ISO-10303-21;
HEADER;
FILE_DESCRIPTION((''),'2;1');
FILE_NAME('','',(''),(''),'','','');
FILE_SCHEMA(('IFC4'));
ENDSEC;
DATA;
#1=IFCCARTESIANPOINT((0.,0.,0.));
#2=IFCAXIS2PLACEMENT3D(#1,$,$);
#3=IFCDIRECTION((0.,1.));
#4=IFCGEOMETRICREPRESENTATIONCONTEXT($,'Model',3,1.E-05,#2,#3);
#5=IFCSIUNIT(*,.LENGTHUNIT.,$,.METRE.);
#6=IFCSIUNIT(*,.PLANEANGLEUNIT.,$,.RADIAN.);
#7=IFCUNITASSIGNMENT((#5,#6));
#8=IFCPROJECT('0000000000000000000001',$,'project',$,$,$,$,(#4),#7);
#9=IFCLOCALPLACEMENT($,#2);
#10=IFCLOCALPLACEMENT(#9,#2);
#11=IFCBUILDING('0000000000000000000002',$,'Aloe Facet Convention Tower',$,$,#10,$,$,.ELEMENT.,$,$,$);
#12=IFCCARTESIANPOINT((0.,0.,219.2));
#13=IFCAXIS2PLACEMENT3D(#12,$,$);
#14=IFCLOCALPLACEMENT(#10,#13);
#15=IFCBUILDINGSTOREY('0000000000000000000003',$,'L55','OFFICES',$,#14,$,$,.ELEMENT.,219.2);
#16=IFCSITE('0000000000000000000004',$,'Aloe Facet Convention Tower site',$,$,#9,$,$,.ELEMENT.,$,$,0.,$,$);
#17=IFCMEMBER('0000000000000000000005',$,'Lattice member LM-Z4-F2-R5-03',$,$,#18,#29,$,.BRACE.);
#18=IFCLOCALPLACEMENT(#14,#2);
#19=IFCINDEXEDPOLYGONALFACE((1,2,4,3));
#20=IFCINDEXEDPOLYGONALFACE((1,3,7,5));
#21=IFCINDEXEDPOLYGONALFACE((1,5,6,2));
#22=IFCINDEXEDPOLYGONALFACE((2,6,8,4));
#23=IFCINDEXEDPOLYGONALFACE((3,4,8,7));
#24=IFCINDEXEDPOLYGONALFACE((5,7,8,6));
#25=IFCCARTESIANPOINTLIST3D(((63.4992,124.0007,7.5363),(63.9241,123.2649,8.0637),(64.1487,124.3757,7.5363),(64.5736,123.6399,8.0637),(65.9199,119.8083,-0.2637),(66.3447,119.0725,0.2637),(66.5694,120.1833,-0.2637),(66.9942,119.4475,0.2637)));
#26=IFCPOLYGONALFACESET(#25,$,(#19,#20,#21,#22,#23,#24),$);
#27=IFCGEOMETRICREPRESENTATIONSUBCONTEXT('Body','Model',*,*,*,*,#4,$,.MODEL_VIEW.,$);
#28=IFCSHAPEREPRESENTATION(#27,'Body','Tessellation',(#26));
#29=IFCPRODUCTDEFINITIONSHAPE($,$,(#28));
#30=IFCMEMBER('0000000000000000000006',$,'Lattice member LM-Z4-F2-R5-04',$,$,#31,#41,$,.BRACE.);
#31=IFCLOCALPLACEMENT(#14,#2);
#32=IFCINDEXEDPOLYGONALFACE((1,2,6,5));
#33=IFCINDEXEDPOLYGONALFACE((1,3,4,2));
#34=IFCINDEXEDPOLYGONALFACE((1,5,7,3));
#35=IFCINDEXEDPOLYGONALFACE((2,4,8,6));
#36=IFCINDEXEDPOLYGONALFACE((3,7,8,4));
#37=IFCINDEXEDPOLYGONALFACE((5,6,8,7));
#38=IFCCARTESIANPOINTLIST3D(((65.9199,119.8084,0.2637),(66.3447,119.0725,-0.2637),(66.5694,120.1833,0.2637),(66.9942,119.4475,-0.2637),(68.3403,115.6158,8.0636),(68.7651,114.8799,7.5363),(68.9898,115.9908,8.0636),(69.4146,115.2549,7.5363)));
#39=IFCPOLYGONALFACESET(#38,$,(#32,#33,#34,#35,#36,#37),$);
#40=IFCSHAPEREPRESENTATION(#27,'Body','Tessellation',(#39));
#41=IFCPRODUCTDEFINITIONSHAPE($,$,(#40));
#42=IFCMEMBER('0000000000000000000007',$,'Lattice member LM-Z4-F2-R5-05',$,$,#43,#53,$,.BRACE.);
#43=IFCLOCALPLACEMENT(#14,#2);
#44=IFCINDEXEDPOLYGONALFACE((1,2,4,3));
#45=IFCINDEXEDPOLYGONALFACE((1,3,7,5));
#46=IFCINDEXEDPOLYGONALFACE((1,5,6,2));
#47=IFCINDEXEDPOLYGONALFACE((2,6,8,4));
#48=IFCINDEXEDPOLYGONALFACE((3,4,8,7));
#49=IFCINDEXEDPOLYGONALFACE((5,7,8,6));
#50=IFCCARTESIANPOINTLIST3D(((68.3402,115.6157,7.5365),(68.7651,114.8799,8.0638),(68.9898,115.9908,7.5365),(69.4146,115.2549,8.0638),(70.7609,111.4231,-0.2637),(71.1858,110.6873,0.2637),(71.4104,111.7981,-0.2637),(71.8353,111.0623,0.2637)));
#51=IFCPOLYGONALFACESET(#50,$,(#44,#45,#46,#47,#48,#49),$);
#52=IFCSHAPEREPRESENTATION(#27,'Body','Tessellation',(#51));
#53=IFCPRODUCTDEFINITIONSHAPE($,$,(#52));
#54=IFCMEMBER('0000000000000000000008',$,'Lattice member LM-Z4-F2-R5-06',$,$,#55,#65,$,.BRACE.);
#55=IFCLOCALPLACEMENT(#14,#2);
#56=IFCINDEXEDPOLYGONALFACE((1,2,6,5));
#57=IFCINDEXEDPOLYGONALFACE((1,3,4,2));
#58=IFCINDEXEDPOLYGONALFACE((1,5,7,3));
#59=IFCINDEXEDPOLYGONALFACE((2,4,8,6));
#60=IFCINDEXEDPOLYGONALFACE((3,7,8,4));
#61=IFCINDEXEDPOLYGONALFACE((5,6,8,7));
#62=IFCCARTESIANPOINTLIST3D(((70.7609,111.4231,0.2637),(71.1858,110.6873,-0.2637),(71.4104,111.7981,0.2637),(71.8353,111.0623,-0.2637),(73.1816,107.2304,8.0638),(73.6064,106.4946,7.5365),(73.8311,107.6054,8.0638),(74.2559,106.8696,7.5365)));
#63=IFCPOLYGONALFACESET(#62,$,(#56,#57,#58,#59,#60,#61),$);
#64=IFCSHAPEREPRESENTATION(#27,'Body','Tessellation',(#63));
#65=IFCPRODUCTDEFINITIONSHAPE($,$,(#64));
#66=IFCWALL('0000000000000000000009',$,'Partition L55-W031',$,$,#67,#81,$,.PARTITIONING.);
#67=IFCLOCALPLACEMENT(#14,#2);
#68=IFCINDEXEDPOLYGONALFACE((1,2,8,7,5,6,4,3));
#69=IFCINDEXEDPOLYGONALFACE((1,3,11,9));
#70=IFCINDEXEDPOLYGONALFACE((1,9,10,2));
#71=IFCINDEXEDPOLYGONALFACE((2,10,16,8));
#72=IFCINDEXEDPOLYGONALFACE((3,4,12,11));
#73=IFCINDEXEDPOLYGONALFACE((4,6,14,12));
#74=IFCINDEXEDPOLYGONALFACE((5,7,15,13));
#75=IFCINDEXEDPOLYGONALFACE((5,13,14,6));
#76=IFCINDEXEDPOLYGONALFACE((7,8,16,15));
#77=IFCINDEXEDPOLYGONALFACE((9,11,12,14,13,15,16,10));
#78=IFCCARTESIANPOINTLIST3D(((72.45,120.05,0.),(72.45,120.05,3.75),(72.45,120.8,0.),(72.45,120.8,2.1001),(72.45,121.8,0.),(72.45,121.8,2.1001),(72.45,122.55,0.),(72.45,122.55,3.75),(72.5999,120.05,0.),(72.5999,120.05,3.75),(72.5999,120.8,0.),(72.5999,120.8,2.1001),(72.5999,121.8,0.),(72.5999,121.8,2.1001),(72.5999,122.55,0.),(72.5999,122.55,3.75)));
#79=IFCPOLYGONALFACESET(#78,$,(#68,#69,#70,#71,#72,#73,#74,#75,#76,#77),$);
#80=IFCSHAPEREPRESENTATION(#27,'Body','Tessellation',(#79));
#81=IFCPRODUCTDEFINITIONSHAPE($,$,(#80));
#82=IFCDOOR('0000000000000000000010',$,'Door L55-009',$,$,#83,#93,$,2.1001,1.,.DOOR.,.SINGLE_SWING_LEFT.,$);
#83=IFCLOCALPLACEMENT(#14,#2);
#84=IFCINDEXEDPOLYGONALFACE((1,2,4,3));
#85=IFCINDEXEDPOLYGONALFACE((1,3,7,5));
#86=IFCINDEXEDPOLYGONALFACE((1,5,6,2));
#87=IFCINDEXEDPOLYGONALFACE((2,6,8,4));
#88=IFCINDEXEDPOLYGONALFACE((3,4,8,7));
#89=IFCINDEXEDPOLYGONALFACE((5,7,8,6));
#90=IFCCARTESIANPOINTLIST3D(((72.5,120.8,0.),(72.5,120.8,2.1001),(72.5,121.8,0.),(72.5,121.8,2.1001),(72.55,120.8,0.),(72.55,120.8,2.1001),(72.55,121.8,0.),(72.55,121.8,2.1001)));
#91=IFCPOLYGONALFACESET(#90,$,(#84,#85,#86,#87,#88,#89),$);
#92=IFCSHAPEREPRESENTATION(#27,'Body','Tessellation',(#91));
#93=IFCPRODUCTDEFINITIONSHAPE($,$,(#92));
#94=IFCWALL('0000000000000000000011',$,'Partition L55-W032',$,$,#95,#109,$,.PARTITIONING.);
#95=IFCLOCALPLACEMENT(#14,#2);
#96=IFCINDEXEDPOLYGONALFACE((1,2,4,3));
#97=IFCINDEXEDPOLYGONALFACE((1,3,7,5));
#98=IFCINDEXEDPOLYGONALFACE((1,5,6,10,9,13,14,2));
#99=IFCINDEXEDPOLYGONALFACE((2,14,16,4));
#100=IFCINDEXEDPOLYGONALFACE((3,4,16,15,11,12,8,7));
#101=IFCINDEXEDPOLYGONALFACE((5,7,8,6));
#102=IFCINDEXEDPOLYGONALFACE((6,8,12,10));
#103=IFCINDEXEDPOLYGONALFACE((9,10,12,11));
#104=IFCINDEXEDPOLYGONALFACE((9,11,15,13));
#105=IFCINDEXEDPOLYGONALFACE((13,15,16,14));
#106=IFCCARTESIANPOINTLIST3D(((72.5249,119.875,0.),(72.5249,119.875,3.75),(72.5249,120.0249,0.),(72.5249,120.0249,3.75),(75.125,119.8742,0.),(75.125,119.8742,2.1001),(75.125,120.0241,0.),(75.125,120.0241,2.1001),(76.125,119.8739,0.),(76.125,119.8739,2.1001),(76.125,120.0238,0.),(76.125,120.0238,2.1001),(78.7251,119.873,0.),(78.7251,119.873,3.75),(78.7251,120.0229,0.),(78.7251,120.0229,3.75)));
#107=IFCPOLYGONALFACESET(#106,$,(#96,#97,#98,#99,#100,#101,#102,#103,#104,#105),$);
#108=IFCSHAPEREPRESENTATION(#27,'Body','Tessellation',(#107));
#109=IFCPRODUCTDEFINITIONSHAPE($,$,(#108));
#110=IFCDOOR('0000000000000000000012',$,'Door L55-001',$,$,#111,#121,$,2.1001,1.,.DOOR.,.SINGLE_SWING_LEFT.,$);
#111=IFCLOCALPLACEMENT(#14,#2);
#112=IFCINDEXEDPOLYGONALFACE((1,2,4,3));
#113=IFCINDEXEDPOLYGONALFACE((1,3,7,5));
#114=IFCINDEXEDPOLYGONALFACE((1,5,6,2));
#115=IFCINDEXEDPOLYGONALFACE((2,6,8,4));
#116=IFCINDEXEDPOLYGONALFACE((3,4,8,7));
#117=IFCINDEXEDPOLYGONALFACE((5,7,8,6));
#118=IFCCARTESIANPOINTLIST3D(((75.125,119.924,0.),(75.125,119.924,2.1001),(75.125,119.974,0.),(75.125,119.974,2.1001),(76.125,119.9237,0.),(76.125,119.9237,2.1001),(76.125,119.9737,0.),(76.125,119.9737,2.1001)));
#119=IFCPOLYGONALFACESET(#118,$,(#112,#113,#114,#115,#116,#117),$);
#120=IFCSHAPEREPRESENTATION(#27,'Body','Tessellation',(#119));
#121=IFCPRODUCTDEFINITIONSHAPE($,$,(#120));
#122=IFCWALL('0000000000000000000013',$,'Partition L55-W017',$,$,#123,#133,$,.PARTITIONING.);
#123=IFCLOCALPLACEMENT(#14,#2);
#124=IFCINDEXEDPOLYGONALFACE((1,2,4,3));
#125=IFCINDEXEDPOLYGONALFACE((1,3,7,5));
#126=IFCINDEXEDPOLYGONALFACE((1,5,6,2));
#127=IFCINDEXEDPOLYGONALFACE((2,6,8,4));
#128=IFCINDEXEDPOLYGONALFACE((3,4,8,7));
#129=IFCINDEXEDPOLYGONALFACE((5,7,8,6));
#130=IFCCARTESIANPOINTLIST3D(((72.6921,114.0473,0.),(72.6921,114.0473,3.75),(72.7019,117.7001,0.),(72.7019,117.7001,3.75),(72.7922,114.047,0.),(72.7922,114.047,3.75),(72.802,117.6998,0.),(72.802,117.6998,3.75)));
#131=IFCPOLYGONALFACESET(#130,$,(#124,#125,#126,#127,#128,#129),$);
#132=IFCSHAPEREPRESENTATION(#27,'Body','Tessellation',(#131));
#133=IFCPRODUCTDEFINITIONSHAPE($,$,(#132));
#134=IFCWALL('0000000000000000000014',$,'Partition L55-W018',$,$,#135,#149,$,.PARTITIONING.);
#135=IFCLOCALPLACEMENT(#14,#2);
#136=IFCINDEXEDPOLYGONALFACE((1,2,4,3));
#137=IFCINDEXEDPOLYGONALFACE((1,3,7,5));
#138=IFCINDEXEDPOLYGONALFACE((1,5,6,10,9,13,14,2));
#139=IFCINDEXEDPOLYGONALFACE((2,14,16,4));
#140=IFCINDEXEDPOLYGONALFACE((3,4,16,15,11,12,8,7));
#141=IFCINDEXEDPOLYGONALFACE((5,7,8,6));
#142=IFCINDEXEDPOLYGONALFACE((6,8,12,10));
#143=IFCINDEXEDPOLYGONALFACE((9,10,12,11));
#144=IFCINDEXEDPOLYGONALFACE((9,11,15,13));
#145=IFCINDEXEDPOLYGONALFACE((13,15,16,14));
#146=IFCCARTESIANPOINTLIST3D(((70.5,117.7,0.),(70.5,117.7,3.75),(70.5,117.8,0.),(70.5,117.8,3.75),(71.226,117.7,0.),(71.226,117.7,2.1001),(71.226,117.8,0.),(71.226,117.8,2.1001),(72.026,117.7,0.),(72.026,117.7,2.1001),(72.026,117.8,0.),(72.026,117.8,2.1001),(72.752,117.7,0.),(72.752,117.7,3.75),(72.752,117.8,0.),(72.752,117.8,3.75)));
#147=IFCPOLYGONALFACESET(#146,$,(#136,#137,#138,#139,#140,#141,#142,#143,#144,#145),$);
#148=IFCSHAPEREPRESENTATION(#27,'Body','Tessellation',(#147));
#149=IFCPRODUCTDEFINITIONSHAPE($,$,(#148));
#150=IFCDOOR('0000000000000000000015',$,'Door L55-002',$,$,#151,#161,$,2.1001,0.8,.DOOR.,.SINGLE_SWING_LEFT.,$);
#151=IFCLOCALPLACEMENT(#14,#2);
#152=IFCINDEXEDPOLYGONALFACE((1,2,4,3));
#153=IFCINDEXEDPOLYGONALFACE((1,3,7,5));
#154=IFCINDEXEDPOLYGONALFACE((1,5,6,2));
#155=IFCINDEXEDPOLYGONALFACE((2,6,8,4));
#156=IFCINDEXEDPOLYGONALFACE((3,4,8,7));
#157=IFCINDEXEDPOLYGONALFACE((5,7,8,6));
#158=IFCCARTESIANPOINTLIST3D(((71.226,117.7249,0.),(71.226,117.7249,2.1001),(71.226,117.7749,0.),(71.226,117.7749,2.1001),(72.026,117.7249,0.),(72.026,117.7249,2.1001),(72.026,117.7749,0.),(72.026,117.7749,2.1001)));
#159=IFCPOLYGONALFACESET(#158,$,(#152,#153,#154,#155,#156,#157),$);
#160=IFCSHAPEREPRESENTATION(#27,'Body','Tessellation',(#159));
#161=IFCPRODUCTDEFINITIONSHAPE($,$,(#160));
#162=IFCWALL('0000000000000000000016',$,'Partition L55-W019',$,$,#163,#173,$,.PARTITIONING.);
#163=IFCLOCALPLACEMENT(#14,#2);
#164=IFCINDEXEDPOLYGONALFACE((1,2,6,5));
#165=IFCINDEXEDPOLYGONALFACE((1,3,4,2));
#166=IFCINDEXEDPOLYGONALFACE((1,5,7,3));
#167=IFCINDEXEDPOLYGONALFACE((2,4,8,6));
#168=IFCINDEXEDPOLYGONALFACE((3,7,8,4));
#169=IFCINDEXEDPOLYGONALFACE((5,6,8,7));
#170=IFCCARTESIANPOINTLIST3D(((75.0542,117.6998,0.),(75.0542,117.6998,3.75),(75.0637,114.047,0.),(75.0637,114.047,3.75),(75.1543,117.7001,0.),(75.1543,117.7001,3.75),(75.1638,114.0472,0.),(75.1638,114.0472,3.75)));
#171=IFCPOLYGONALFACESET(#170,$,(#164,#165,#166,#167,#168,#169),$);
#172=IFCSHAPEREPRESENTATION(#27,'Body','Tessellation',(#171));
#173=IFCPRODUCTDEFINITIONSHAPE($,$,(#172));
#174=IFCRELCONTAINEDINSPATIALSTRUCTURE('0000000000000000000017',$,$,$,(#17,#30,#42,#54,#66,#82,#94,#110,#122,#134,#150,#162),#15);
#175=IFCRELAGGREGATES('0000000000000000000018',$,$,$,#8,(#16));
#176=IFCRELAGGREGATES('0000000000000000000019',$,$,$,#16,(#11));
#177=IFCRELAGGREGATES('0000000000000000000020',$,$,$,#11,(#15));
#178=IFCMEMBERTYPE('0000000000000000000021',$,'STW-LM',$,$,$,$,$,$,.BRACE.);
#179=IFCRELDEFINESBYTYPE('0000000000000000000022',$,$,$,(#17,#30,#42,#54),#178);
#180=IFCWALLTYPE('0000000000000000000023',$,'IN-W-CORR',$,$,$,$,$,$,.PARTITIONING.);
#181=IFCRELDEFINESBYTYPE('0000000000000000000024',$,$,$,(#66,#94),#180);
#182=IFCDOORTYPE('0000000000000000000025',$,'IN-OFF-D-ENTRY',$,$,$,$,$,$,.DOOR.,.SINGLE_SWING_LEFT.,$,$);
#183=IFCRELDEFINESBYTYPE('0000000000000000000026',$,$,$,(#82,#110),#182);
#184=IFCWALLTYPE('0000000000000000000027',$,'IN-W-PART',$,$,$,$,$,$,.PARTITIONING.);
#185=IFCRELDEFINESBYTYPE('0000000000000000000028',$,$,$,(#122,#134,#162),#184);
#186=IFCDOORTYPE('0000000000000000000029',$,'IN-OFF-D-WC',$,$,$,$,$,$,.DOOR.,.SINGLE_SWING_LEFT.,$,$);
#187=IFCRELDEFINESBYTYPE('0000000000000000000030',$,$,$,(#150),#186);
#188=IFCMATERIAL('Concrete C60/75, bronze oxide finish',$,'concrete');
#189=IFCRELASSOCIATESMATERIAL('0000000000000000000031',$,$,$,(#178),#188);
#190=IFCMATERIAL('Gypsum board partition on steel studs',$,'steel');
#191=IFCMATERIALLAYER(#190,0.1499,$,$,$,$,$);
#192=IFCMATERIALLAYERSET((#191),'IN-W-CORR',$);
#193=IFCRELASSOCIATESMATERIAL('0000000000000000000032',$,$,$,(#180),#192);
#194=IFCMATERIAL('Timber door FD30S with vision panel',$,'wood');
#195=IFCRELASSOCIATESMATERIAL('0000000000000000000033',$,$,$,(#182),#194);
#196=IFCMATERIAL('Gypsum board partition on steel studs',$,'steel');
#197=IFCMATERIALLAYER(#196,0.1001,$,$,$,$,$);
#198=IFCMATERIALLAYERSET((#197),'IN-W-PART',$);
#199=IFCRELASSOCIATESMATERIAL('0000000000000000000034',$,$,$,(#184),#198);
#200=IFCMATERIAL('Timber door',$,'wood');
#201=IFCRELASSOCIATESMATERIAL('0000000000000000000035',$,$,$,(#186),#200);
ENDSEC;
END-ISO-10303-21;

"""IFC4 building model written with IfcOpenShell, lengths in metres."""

from ifc_helpers import new_model, si_unit, direction, frame, frame_2d, origin, origin_2d, place, context, subcontext, project, spatial, rectangle, extrude, material, layer, layer_set, material_profile, profile_set, type_object, element, fill, save


model = new_model("IFC4")

# Units and contexts
model_context = context("Model", 3, precision=1e-05, world=origin(), true_north=direction((0.0, 1.0)))
body_context = subcontext(model_context, "Body", "Model", "MODEL_VIEW")
ifc_project = project(units=[si_unit("LENGTHUNIT", "METRE"), si_unit("PLANEANGLEUNIT", "RADIAN")], contexts=[model_context])

# Site, building, storey
site_placement = place(None, origin())
site = spatial("IfcSite", under=ifc_project, at=site_placement, Name="Aloe Facet Convention Tower site", CompositionType="ELEMENT", RefElevation=0.0)
building_placement = place(site_placement, origin())
building = spatial("IfcBuilding", under=site, at=building_placement, Name="Aloe Facet Convention Tower", CompositionType="ELEMENT")
storey_placement = place(building_placement, frame((0.0, 0.0, 219.2)))
storey = spatial("IfcBuildingStorey", under=building, at=storey_placement, Name="L55", Description="OFFICES", CompositionType="ELEMENT", Elevation=219.2)

# Members
ifc_material_1 = material(Name="Concrete C60/75, bronze oxide finish", Category="concrete")
ifc_material_profile_1 = material_profile(ifc_material_1, rectangle(XDim=0.75, YDim=1.0, at=origin_2d()), Name="STW-LM")
ifc_profile_set_1 = profile_set([ifc_material_profile_1], Name="Concrete C60/75, bronze oxide finish")
member_type = type_object("IfcMemberType", Name="STW-LM", PredefinedType="BRACE", material=ifc_profile_set_1)
for number, where, z_axis, x_axis, name in (
    (1, (66.457, 119.6279, 0.0), (-0.263682, 0.456676, 0.849658), (-0.866009, -0.500028, 0.0), "Lattice member LM-Z4-F2-R5-03"),
    (2, (66.457, 119.6279, 0.0), (0.263654, -0.4567, 0.849654), (0.866044, 0.499968, 0.0), "Lattice member LM-Z4-F2-R5-04"),
):
    element("IfcMember", number, at=place(storey_placement, frame(where, z_axis=z_axis, x_axis=x_axis)), inside=storey, type_object=member_type, Name=name, PredefinedType="BRACE", context=body_context, shape_type="SweptSolid", body=[
        extrude(rectangle(XDim=0.75, YDim=1.0, at=origin_2d()), origin(), (0.0, 0.0, 1.0), 9.1802),
    ])
for number, where, z_axis, x_axis, name in (
    (3, (71.2981, 111.2427, 0.0), (-0.263678, 0.456697, 0.849648), (-0.866022, -0.500006, 0.0), "Lattice member LM-Z4-F2-R5-05"),
    (4, (71.2981, 111.2427, 0.0), (0.263678, -0.456697, 0.849648), (0.866022, 0.500006, 0.0), "Lattice member LM-Z4-F2-R5-06"),
):
    element("IfcMember", number, at=place(storey_placement, frame(where, z_axis=z_axis, x_axis=x_axis)), inside=storey, type_object=member_type, Name=name, PredefinedType="BRACE", context=body_context, shape_type="SweptSolid", body=[
        extrude(rectangle(XDim=0.75, YDim=1.0, at=origin_2d()), origin(), (0.0, 0.0, 1.0), 9.1804),
    ])

# Walls, openings, doors
ifc_material_2 = material(Name="Gypsum board partition on steel studs", Category="steel")
ifc_layer_1 = layer(ifc_material_2, 0.1499)
ifc_layer_set_1 = layer_set([ifc_layer_1], Name="IN-W-CORR")
wall_type_1 = type_object("IfcWallType", Name="IN-W-CORR", PredefinedType="PARTITIONING", material=ifc_layer_set_1)
wall_1_placement = place(storey_placement, frame((72.5249, 120.05, 0.0), z_axis=(0.0, 0.0, 1.0), x_axis=(0.0, 1.0, 0.0)))
wall_1 = element("IfcWall", 5, at=wall_1_placement, inside=storey, type_object=wall_type_1, Name="Partition L55-W031", PredefinedType="PARTITIONING", context=body_context, shape_type="SweptSolid", body=[
    extrude(rectangle(XDim=2.5, YDim=0.1499, at=frame_2d((1.25, 0.0))), origin(), (0.0, 0.0, 1.0), 3.75),
])
opening_1_placement = place(wall_1_placement, frame((0.75, 0.0, 0.0)))
opening_1 = element("IfcOpeningElement", 6, at=opening_1_placement, cuts=wall_1, PredefinedType="OPENING", context=body_context, shape_type="SweptSolid", body=[
    extrude(rectangle(XDim=1.0, YDim=2.1001, at=frame_2d((0.5, 1.05))), frame((0.0, 0.085, 0.0), z_axis=(0.0, -1.0, 0.0), x_axis=(1.0, 0.0, 0.0)), (0.0, 0.0, 1.0), 0.1699),
])
ifc_material_3 = material(Name="Timber door FD30S with vision panel", Category="wood")
door_type_1 = type_object("IfcDoorType", Name="IN-OFF-D-ENTRY", OperationType="SINGLE_SWING_LEFT", PredefinedType="DOOR", material=ifc_material_3)
door_1_placement = place(opening_1_placement, origin())
door_1 = element("IfcDoor", 7, at=door_1_placement, inside=storey, type_object=door_type_1, Name="Door L55-009", OperationType="SINGLE_SWING_LEFT", OverallHeight=2.1001, OverallWidth=1.0, PredefinedType="DOOR", context=body_context, shape_type="SweptSolid", body=[
    extrude(rectangle(XDim=1.0, YDim=2.1001, at=frame_2d((0.5, 1.05))), frame((0.0, 0.0249, 0.0), z_axis=(0.0, -1.0, 0.0), x_axis=(1.0, 0.0, 0.0)), (0.0, 0.0, 1.0), 0.05),
])
fill(opening_1, door_1)
wall_2_placement = place(storey_placement, frame((72.5249, 119.95, 0.0), z_axis=(0.0, 0.0, 1.0), x_axis=(1.0, -0.000315, 0.0)))
wall_2 = element("IfcWall", 8, at=wall_2_placement, inside=storey, type_object=wall_type_1, Name="Partition L55-W032", PredefinedType="PARTITIONING", context=body_context, shape_type="SweptSolid", body=[
    extrude(rectangle(XDim=6.2002, YDim=0.1499, at=frame_2d((3.1001, 0.0))), origin(), (0.0, 0.0, 1.0), 3.75),
])
opening_2_placement = place(wall_2_placement, frame((2.6001, 0.0, 0.0)))
opening_2 = element("IfcOpeningElement", 9, at=opening_2_placement, cuts=wall_2, PredefinedType="OPENING", context=body_context, shape_type="SweptSolid", body=[
    extrude(rectangle(XDim=1.0, YDim=2.1001, at=frame_2d((0.5, 1.05))), frame((0.0, 0.085, 0.0), z_axis=(0.0, -1.0, 0.0), x_axis=(1.0, 0.0, 0.0)), (0.0, 0.0, 1.0), 0.1699),
])
door_2_placement = place(opening_2_placement, origin())
door_2 = element("IfcDoor", 10, at=door_2_placement, inside=storey, type_object=door_type_1, Name="Door L55-001", OperationType="SINGLE_SWING_LEFT", OverallHeight=2.1001, OverallWidth=1.0, PredefinedType="DOOR", context=body_context, shape_type="SweptSolid", body=[
    extrude(rectangle(XDim=1.0, YDim=2.1001, at=frame_2d((0.5, 1.05))), frame((0.0, 0.0249, 0.0), z_axis=(0.0, -1.0, 0.0), x_axis=(1.0, 0.0, 0.0)), (0.0, 0.0, 1.0), 0.05),
])
fill(opening_2, door_2)

# Wall
ifc_material_4 = material(Name="Gypsum board partition on steel studs", Category="steel")
ifc_layer_2 = layer(ifc_material_4, 0.1001)
ifc_layer_set_2 = layer_set([ifc_layer_2], Name="IN-W-PART")
wall_type_2 = type_object("IfcWallType", Name="IN-W-PART", PredefinedType="PARTITIONING", material=ifc_layer_set_2)
wall_3_placement = place(storey_placement, frame((72.7422, 114.0471, 0.0), z_axis=(0.0, 0.0, 1.0), x_axis=(0.002673, 0.999996, 0.0)))
element("IfcWall", 11, at=wall_3_placement, inside=storey, type_object=wall_type_2, Name="Partition L55-W017", PredefinedType="PARTITIONING", context=body_context, shape_type="SweptSolid", body=[
    extrude(rectangle(XDim=3.6528, YDim=0.1001, at=frame_2d((1.8264, 0.0))), origin(), (0.0, 0.0, 1.0), 3.75),
])

# Wall, opening, door
wall_4_placement = place(storey_placement, frame((70.5, 117.75, 0.0), z_axis=(0.0, 0.0, 1.0), x_axis=(1.0, 0.0, 0.0)))
wall_4 = element("IfcWall", 12, at=wall_4_placement, inside=storey, type_object=wall_type_2, Name="Partition L55-W018", PredefinedType="PARTITIONING", context=body_context, shape_type="SweptSolid", body=[
    extrude(rectangle(XDim=2.252, YDim=0.1001, at=frame_2d((1.126, 0.0))), origin(), (0.0, 0.0, 1.0), 3.75),
])
opening_3_placement = place(wall_4_placement, frame((0.7261, 0.0, 0.0)))
opening_3 = element("IfcOpeningElement", 13, at=opening_3_placement, cuts=wall_4, PredefinedType="OPENING", context=body_context, shape_type="SweptSolid", body=[
    extrude(rectangle(XDim=0.8, YDim=2.1001, at=frame_2d((0.3999, 1.05))), frame((0.0, 0.0601, 0.0), z_axis=(0.0, -1.0, 0.0), x_axis=(1.0, 0.0, 0.0)), (0.0, 0.0, 1.0), 0.1201),
])
ifc_material_5 = material(Name="Timber door", Category="wood")
door_type_2 = type_object("IfcDoorType", Name="IN-OFF-D-WC", OperationType="SINGLE_SWING_LEFT", PredefinedType="DOOR", material=ifc_material_5)
door_3_placement = place(opening_3_placement, origin())
door_3 = element("IfcDoor", 14, at=door_3_placement, inside=storey, type_object=door_type_2, Name="Door L55-002", OperationType="SINGLE_SWING_LEFT", OverallHeight=2.1001, OverallWidth=0.8, PredefinedType="DOOR", context=body_context, shape_type="SweptSolid", body=[
    extrude(rectangle(XDim=0.8, YDim=2.1001, at=frame_2d((0.3999, 1.05))), frame((0.0, 0.0249, 0.0), z_axis=(0.0, -1.0, 0.0), x_axis=(1.0, 0.0, 0.0)), (0.0, 0.0, 1.0), 0.05),
])
fill(opening_3, door_3)

# Wall
wall_5_placement = place(storey_placement, frame((75.1138, 114.0471, 0.0), z_axis=(0.0, 0.0, 1.0), x_axis=(-0.002607, 0.999997, 0.0)))
element("IfcWall", 15, at=wall_5_placement, inside=storey, type_object=wall_type_2, Name="Partition L55-W019", PredefinedType="PARTITIONING", context=body_context, shape_type="SweptSolid", body=[
    extrude(rectangle(XDim=3.6528, YDim=0.1001, at=frame_2d((1.8264, 0.0))), origin(), (0.0, 0.0, 1.0), 3.75),
])

save(model, "model.ifc")
